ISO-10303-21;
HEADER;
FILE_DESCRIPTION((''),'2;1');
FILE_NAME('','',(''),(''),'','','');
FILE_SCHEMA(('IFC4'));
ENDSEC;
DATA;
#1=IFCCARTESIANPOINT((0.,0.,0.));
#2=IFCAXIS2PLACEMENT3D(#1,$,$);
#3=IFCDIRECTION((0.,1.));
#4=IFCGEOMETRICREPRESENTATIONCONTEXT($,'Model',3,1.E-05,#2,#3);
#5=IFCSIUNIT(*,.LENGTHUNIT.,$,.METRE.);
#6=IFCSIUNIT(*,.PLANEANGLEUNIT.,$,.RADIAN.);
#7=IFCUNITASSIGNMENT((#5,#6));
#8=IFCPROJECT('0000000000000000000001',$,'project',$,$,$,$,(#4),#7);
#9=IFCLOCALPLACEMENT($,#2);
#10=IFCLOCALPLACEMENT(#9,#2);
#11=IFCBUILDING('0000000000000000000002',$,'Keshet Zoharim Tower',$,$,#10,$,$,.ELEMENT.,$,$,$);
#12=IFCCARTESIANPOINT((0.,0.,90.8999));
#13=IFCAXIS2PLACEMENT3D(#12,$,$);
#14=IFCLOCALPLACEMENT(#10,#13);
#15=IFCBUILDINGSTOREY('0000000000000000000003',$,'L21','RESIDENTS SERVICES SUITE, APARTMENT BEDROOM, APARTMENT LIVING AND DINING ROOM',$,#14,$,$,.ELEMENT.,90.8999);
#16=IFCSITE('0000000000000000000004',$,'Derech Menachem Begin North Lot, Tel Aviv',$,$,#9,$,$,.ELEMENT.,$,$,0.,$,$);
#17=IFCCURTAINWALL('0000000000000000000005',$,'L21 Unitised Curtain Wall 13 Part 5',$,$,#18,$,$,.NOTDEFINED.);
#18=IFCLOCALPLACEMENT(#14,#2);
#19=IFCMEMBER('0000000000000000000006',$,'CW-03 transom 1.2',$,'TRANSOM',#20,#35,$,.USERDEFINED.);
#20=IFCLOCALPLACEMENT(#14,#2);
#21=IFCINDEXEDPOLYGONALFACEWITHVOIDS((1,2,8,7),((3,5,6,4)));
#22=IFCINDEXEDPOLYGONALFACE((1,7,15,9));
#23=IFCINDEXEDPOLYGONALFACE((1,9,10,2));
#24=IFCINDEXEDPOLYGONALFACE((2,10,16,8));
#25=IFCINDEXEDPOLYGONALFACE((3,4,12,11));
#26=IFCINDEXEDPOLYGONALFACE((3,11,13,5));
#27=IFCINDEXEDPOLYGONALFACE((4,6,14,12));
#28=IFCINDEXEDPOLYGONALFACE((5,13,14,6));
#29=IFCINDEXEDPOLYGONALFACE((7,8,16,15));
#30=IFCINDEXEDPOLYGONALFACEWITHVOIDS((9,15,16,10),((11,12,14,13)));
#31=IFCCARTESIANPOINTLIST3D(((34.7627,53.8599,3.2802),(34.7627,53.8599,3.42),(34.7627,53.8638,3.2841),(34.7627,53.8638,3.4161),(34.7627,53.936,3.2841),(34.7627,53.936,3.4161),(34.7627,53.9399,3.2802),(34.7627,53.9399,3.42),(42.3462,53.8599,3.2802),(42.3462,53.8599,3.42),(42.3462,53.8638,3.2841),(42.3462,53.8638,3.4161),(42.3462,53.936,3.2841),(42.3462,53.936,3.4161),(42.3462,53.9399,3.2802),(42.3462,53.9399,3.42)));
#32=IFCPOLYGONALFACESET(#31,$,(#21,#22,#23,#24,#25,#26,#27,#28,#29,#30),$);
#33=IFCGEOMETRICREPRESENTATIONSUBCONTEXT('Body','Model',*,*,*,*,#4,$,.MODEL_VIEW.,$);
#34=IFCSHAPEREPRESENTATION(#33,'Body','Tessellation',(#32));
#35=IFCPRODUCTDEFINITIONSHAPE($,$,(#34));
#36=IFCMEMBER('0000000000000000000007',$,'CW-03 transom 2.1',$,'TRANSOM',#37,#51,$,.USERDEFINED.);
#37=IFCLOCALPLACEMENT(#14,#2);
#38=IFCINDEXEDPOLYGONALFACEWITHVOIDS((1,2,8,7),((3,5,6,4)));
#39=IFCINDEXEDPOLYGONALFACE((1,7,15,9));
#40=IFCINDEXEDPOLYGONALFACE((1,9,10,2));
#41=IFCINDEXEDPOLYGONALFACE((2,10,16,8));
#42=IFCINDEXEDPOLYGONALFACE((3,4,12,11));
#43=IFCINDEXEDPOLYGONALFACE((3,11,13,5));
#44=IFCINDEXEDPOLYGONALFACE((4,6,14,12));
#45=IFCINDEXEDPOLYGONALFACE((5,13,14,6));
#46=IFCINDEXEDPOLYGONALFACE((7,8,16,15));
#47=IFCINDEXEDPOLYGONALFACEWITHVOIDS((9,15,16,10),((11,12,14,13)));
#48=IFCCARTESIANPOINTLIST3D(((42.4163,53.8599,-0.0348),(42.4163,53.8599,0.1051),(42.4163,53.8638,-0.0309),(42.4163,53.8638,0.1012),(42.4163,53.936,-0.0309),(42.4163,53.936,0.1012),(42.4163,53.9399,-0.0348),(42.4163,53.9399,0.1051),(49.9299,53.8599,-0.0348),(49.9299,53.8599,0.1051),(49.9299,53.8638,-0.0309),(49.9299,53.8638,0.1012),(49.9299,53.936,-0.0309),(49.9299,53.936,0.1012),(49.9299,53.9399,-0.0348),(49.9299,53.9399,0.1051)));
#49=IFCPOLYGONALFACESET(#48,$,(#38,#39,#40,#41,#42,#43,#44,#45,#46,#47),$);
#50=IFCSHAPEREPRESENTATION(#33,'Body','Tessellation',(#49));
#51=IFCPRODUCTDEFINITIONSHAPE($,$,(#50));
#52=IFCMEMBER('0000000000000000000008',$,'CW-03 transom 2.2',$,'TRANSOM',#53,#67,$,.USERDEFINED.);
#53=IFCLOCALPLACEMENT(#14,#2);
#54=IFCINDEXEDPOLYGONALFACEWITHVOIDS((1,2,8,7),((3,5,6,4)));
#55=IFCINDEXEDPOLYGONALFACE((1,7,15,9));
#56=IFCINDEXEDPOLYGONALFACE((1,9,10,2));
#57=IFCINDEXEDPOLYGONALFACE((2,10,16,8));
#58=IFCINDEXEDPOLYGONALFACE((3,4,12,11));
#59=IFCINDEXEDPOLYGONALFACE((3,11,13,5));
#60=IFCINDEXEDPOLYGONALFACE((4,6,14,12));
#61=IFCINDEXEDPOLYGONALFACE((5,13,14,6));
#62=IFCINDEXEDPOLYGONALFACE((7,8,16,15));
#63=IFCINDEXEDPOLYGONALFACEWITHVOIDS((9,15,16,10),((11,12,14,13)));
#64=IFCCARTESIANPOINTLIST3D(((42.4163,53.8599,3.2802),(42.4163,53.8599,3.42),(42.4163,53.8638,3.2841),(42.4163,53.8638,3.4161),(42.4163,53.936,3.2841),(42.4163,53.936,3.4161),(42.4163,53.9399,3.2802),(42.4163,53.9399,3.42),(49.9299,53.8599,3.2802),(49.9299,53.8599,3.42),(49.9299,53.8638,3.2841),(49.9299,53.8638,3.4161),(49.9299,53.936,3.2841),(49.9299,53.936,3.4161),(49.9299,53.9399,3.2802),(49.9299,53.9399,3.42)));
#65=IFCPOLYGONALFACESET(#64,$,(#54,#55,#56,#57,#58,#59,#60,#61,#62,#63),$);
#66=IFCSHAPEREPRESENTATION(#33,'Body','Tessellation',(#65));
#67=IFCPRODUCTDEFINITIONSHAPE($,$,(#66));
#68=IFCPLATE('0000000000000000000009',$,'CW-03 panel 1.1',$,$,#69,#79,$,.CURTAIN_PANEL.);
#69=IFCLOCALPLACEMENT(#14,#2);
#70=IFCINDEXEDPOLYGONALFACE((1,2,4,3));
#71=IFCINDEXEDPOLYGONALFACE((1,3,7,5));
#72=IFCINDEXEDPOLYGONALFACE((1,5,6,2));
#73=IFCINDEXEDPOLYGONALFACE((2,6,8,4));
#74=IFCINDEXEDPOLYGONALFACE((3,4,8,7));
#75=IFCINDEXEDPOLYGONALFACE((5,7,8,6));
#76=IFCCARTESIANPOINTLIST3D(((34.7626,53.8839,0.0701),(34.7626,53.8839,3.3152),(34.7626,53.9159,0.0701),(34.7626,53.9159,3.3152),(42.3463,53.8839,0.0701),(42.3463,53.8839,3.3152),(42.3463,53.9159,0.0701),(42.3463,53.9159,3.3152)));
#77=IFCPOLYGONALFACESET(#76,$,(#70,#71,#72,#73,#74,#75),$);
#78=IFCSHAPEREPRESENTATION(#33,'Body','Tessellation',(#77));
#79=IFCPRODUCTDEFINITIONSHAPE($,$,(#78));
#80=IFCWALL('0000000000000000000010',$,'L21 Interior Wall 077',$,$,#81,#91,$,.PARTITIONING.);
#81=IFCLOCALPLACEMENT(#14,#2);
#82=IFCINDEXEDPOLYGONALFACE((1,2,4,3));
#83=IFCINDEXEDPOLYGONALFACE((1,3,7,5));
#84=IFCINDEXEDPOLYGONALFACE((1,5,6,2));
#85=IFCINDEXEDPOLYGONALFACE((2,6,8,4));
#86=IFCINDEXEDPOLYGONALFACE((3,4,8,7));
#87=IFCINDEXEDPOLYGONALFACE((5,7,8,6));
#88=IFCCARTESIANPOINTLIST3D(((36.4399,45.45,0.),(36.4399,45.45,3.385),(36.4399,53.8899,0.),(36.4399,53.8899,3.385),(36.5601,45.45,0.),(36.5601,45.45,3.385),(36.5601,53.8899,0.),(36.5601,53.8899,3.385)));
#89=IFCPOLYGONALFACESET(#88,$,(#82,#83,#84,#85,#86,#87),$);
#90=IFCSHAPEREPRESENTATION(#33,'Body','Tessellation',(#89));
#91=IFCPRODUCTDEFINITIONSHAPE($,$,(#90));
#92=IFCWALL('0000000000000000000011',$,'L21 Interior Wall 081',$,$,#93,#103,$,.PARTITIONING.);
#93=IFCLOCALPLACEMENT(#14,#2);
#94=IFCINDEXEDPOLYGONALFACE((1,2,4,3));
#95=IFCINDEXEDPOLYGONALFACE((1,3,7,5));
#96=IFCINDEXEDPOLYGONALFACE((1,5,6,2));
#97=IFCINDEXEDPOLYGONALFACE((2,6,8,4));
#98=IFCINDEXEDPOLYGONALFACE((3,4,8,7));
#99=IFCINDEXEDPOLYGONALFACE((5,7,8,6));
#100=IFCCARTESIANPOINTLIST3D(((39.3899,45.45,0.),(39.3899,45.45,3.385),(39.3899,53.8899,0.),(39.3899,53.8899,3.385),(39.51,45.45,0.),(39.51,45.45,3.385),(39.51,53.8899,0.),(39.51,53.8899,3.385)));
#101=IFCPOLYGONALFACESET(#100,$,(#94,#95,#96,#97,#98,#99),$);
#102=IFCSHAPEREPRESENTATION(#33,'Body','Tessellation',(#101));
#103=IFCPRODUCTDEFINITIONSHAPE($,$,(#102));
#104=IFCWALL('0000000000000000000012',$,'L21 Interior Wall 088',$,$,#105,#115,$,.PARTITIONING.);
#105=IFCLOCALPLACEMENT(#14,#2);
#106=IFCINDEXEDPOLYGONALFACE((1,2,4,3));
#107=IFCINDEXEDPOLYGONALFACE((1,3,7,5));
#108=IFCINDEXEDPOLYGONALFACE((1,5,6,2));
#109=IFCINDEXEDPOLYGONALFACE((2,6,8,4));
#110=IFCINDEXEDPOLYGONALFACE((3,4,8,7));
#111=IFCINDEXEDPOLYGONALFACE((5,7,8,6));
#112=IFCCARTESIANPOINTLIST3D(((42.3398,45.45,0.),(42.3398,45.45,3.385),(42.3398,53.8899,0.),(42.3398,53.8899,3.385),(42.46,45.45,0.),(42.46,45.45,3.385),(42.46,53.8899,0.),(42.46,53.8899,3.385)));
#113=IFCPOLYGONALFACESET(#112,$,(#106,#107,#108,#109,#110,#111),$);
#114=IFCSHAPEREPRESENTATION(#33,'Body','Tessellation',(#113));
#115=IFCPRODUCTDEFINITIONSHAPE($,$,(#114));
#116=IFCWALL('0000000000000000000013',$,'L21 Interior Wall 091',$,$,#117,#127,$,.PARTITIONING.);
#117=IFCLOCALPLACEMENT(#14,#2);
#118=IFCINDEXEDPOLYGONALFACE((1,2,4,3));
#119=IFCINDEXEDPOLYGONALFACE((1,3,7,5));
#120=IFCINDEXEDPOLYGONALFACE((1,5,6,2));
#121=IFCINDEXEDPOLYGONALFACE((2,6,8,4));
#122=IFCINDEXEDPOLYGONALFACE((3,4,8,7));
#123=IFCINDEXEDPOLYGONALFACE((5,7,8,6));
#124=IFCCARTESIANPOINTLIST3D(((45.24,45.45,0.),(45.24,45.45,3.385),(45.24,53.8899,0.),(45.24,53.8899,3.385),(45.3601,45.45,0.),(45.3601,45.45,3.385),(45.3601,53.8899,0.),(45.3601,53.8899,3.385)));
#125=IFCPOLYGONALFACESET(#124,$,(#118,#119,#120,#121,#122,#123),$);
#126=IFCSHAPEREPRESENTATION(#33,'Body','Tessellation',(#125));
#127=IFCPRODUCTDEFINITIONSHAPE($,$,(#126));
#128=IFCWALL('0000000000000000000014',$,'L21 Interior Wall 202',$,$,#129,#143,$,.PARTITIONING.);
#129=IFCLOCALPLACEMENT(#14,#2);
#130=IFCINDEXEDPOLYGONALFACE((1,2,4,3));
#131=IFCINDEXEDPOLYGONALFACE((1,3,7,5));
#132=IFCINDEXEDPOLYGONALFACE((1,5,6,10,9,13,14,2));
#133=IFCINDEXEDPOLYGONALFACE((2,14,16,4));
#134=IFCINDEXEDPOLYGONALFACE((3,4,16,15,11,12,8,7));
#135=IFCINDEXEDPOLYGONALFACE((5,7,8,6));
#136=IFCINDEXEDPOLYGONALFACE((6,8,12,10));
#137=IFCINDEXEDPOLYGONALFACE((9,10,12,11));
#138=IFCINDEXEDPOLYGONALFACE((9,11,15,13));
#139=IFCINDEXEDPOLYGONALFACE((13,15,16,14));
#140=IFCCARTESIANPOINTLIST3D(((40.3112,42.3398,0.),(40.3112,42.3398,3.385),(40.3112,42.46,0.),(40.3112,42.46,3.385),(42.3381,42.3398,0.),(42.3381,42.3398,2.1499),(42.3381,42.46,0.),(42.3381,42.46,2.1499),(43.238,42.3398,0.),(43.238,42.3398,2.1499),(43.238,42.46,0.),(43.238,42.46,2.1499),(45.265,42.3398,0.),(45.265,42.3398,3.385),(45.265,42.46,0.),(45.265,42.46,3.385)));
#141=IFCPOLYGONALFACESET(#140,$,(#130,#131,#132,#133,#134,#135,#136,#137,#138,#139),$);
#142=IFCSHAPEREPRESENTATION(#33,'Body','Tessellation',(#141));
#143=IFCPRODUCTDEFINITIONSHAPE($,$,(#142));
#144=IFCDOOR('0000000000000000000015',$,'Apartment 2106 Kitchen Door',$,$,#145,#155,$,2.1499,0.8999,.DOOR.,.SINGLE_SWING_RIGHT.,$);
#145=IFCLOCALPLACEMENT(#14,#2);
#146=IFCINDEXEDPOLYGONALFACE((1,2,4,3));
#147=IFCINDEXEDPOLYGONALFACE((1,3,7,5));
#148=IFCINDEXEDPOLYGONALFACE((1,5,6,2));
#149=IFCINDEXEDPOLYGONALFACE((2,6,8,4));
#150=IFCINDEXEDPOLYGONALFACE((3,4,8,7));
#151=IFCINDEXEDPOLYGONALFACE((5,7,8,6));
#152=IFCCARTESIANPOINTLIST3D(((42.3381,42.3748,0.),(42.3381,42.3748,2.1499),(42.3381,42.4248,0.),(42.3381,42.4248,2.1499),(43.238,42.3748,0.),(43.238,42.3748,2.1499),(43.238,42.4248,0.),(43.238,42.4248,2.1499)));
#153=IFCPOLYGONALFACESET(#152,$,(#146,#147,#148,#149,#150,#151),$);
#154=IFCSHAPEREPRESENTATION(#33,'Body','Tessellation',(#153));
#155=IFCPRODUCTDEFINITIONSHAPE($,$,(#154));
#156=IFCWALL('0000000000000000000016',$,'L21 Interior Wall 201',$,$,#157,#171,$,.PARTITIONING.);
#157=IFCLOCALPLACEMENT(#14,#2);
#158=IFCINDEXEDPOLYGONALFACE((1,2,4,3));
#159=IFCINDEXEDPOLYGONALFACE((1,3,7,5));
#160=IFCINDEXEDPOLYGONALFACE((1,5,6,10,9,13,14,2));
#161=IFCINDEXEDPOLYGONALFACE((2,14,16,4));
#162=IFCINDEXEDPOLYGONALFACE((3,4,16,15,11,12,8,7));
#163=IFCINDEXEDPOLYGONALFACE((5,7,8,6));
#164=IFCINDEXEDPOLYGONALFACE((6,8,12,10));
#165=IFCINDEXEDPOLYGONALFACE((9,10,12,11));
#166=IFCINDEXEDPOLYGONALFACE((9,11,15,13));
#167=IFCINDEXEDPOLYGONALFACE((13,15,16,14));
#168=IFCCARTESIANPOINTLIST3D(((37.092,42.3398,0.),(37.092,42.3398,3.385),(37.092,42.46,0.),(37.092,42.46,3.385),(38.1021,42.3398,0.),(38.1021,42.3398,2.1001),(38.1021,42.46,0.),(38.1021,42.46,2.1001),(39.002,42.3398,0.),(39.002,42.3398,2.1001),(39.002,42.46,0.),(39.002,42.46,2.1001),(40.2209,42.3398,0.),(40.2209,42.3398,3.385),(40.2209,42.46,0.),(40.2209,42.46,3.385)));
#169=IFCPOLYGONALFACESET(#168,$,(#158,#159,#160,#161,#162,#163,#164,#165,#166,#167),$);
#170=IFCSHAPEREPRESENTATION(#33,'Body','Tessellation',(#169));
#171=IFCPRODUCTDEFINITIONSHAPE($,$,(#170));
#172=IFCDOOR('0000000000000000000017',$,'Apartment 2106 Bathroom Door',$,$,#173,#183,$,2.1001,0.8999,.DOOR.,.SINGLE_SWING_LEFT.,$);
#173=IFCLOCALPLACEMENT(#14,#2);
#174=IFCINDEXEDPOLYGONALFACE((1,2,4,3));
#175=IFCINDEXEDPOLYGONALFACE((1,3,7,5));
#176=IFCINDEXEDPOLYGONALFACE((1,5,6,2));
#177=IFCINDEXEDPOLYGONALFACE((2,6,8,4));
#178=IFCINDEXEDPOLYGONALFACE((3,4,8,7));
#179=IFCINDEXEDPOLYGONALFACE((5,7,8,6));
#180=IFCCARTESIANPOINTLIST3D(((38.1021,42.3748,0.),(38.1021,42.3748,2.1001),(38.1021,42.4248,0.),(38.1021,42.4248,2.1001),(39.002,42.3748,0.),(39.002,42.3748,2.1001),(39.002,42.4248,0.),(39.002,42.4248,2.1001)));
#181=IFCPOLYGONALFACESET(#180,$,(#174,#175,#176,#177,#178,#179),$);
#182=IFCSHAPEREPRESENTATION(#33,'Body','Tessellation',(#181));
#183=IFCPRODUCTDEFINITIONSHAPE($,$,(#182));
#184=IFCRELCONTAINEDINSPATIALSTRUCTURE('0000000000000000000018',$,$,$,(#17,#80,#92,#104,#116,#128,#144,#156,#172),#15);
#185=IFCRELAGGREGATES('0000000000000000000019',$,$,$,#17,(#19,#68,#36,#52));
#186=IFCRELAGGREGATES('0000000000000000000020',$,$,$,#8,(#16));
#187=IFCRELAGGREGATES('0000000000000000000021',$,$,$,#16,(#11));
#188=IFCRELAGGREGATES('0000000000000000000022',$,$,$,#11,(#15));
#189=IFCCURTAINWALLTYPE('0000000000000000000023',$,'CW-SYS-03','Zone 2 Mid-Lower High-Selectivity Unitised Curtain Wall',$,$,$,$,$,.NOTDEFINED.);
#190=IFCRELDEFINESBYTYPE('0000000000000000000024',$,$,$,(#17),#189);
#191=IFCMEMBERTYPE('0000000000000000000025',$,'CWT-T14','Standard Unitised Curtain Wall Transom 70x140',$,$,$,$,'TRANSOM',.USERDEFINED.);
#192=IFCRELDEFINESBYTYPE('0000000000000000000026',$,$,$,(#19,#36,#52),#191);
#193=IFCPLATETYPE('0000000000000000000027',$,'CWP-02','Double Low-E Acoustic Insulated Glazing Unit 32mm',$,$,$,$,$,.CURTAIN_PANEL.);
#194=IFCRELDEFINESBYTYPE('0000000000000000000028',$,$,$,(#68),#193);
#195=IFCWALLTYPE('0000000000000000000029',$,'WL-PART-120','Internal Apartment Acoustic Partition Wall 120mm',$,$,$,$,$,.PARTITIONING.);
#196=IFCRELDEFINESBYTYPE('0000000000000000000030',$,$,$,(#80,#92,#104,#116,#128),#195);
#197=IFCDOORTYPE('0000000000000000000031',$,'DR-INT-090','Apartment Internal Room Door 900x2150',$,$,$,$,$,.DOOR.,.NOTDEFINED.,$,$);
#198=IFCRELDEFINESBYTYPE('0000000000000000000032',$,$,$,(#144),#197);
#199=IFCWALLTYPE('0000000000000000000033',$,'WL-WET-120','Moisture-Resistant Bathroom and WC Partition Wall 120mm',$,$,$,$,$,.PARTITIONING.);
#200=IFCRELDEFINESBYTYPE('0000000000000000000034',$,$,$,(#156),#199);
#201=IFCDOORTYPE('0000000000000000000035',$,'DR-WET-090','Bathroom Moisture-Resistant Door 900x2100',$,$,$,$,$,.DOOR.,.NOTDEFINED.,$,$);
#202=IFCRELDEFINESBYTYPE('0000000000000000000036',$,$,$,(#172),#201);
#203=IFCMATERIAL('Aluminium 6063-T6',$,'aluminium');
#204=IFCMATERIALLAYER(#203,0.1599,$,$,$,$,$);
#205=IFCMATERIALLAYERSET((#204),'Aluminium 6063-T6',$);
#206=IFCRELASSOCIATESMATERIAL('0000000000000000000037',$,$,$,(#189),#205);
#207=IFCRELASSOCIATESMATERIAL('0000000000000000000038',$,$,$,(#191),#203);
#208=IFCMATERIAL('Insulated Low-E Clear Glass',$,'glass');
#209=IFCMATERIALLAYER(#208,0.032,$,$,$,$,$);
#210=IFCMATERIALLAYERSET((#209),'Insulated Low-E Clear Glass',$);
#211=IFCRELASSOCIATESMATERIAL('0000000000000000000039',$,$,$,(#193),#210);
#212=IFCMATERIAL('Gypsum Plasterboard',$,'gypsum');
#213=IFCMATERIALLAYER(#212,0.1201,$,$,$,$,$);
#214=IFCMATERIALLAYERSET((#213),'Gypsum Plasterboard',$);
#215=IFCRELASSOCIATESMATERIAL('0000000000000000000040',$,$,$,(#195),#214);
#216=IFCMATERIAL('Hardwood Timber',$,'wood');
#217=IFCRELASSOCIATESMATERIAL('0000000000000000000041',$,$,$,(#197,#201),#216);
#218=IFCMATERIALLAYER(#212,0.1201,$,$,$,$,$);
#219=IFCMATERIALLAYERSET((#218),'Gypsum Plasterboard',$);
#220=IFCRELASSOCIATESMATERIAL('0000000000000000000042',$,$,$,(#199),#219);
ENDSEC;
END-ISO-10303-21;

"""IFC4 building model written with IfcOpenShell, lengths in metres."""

from ifc_helpers import new_model, si_unit, direction, frame, frame_2d, origin, origin_2d, place, context, subcontext, project, spatial, rectangle, hollow_rectangle, extrude, material, layer, layer_set, material_profile, profile_set, type_object, element, fill, aggregate, save


model = new_model("IFC4")

# Units and contexts
model_context = context("Model", 3, precision=1e-05, world=origin(), true_north=direction((0.0, 1.0)))
body_context = subcontext(model_context, "Body", "Model", "MODEL_VIEW")
ifc_project = project(units=[si_unit("LENGTHUNIT", "METRE"), si_unit("PLANEANGLEUNIT", "RADIAN")], contexts=[model_context])

# Site, building, storey
site_placement = place(None, origin())
site = spatial("IfcSite", under=ifc_project, at=site_placement, Name="Derech Menachem Begin North Lot, Tel Aviv", CompositionType="ELEMENT", RefElevation=0.0)
building_placement = place(site_placement, origin())
building = spatial("IfcBuilding", under=site, at=building_placement, Name="Keshet Zoharim Tower", CompositionType="ELEMENT")
storey_placement = place(building_placement, frame((0.0, 0.0, 90.8999)))
storey = spatial("IfcBuildingStorey", under=building, at=storey_placement, Name="L21", Description="RESIDENTS SERVICES SUITE, APARTMENT BEDROOM, APARTMENT LIVING AND DINING ROOM", CompositionType="ELEMENT", Elevation=90.8999)

# Curtain wall, members, plate
ifc_material_1 = material(Name="Aluminium 6063-T6", Category="aluminium")
ifc_layer_1 = layer(ifc_material_1, 0.1599)
ifc_layer_set_1 = layer_set([ifc_layer_1], Name="Aluminium 6063-T6")
curtain_wall_type = type_object("IfcCurtainWallType", Name="CW-SYS-03", Description="Zone 2 Mid-Lower High-Selectivity Unitised Curtain Wall", PredefinedType="NOTDEFINED", material=ifc_layer_set_1)
curtain_wall_placement = place(storey_placement, origin())
curtain_wall = element("IfcCurtainWall", 1, at=curtain_wall_placement, inside=storey, type_object=curtain_wall_type, Name="L21 Unitised Curtain Wall 13 Part 5", PredefinedType="NOTDEFINED")
ifc_material_profile_1 = material_profile(ifc_material_1, hollow_rectangle(XDim=0.0801, YDim=0.1399, WallThickness=0.0039, at=origin_2d()), Name="TRN-80x140")
ifc_profile_set_1 = profile_set([ifc_material_profile_1], Name="Aluminium 6063-T6")
member_type_1 = type_object("IfcMemberType", Name="CWT-T14", Description="Standard Unitised Curtain Wall Transom 70x140", ElementType="TRANSOM", PredefinedType="USERDEFINED", material=ifc_profile_set_1)
member_1_placement = place(storey_placement, frame((34.7627, 53.8999, 3.3501), z_axis=(1.0, 0.0, 0.0), x_axis=(0.0, 1.0, 0.0)))
member_1 = element("IfcMember", 2, at=member_1_placement, type_object=member_type_1, Name="CW-03 transom 1.2", ObjectType="TRANSOM", PredefinedType="USERDEFINED", context=body_context, shape_type="SweptSolid", body=[
    extrude(hollow_rectangle(XDim=0.0801, YDim=0.1399, WallThickness=0.0039, at=origin_2d()), origin(), (0.0, 0.0, 1.0), 7.5835),
])
member_2_placement = place(storey_placement, frame((42.4163, 53.8999, 0.0352), z_axis=(1.0, 0.0, 0.0), x_axis=(0.0, 1.0, 0.0)))
member_2 = element("IfcMember", 3, at=member_2_placement, type_object=member_type_1, Name="CW-03 transom 2.1", ObjectType="TRANSOM", PredefinedType="USERDEFINED", context=body_context, shape_type="SweptSolid", body=[
    extrude(hollow_rectangle(XDim=0.0801, YDim=0.1399, WallThickness=0.0039, at=origin_2d()), origin(), (0.0, 0.0, 1.0), 7.5137),
])
member_3_placement = place(storey_placement, frame((42.4163, 53.8999, 3.3501), z_axis=(1.0, 0.0, 0.0), x_axis=(0.0, 1.0, 0.0)))
member_3 = element("IfcMember", 4, at=member_3_placement, type_object=member_type_1, Name="CW-03 transom 2.2", ObjectType="TRANSOM", PredefinedType="USERDEFINED", context=body_context, shape_type="SweptSolid", body=[
    extrude(hollow_rectangle(XDim=0.0801, YDim=0.1399, WallThickness=0.0039, at=origin_2d()), origin(), (0.0, 0.0, 1.0), 7.5137),
])
ifc_material_2 = material(Name="Insulated Low-E Clear Glass", Category="glass")
ifc_layer_2 = layer(ifc_material_2, 0.032)
ifc_layer_set_2 = layer_set([ifc_layer_2], Name="Insulated Low-E Clear Glass")
plate_type = type_object("IfcPlateType", Name="CWP-02", Description="Double Low-E Acoustic Insulated Glazing Unit 32mm", PredefinedType="CURTAIN_PANEL", material=ifc_layer_set_2)
plate_placement = place(storey_placement, frame((38.5544, 53.8999, 0.0701), z_axis=(0.0, 0.0, 1.0), x_axis=(1.0, 0.0, 0.0)))
plate = element("IfcPlate", 5, at=plate_placement, type_object=plate_type, Name="CW-03 panel 1.1", PredefinedType="CURTAIN_PANEL", context=body_context, shape_type="SweptSolid", body=[
    extrude(rectangle(XDim=7.5837, YDim=0.032, at=origin_2d()), origin(), (0.0, 0.0, 1.0), 3.2451),
])
aggregate(curtain_wall, [member_1, plate, member_2, member_3])

# Walls
ifc_material_3 = material(Name="Gypsum Plasterboard", Category="gypsum")
ifc_layer_3 = layer(ifc_material_3, 0.1201)
ifc_layer_set_3 = layer_set([ifc_layer_3], Name="Gypsum Plasterboard")
wall_type_1 = type_object("IfcWallType", Name="WL-PART-120", Description="Internal Apartment Acoustic Partition Wall 120mm", PredefinedType="PARTITIONING", material=ifc_layer_set_3)
for number, where, z_axis, x_axis, name in (
    (6, (36.5, 45.45, 0.0), (0.0, 0.0, 1.0), (0.0, 1.0, 0.0), "L21 Interior Wall 077"),
    (7, (39.45, 45.45, 0.0), (0.0, 0.0, 1.0), (0.0, 1.0, 0.0), "L21 Interior Wall 081"),
    (8, (42.3999, 45.45, 0.0), (0.0, 0.0, 1.0), (0.0, 1.0, 0.0), "L21 Interior Wall 088"),
    (9, (45.3, 45.45, 0.0), (0.0, 0.0, 1.0), (0.0, 1.0, 0.0), "L21 Interior Wall 091"),
):
    element("IfcWall", number, at=place(storey_placement, frame(where, z_axis=z_axis, x_axis=x_axis)), inside=storey, type_object=wall_type_1, Name=name, PredefinedType="PARTITIONING", context=body_context, shape_type="SweptSolid", body=[
        extrude(rectangle(XDim=8.4399, YDim=0.1201, at=frame_2d((4.22, 0.0))), origin(), (0.0, 0.0, 1.0), 3.385),
    ])

# Walls, openings, doors
wall_1_placement = place(storey_placement, frame((40.311, 42.3999, 0.0), z_axis=(0.0, 0.0, 1.0), x_axis=(1.0, 0.0, 0.0)))
wall_1 = element("IfcWall", 10, at=wall_1_placement, inside=storey, type_object=wall_type_1, Name="L21 Interior Wall 202", PredefinedType="PARTITIONING", context=body_context, shape_type="SweptSolid", body=[
    extrude(rectangle(XDim=4.9539, YDim=0.1201, at=frame_2d((2.4771, 0.0))), origin(), (0.0, 0.0, 1.0), 3.385),
])
opening_1_placement = place(wall_1_placement, frame((2.0271, 0.0, 0.0)))
opening_1 = element("IfcOpeningElement", 11, at=opening_1_placement, cuts=wall_1, PredefinedType="OPENING", context=body_context, shape_type="SweptSolid", body=[
    extrude(rectangle(XDim=0.8999, YDim=2.1499, at=frame_2d((0.45, 1.075))), frame((0.0, 0.0701, 0.0), z_axis=(0.0, -1.0, 0.0), x_axis=(1.0, 0.0, 0.0)), (0.0, 0.0, 1.0), 0.1401),
])
ifc_material_4 = material(Name="Hardwood Timber", Category="wood")
door_type_1 = type_object("IfcDoorType", Name="DR-INT-090", Description="Apartment Internal Room Door 900x2150", OperationType="NOTDEFINED", PredefinedType="DOOR", material=ifc_material_4)
door_1_placement = place(opening_1_placement, origin())
door_1 = element("IfcDoor", 12, at=door_1_placement, inside=storey, type_object=door_type_1, Name="Apartment 2106 Kitchen Door", OperationType="SINGLE_SWING_RIGHT", OverallHeight=2.1499, OverallWidth=0.8999, PredefinedType="DOOR", context=body_context, shape_type="SweptSolid", body=[
    extrude(rectangle(XDim=0.8999, YDim=2.1499, at=frame_2d((0.45, 1.075))), frame((0.0, 0.0249, 0.0), z_axis=(0.0, -1.0, 0.0), x_axis=(1.0, 0.0, 0.0)), (0.0, 0.0, 1.0), 0.05),
])
fill(opening_1, door_1)
ifc_layer_4 = layer(ifc_material_3, 0.1201)
ifc_layer_set_4 = layer_set([ifc_layer_4], Name="Gypsum Plasterboard")
wall_type_2 = type_object("IfcWallType", Name="WL-WET-120", Description="Moisture-Resistant Bathroom and WC Partition Wall 120mm", PredefinedType="PARTITIONING", material=ifc_layer_set_4)
wall_2_placement = place(storey_placement, frame((37.092, 42.3999, 0.0), z_axis=(0.0, 0.0, 1.0), x_axis=(1.0, 0.0, 0.0)))
wall_2 = element("IfcWall", 13, at=wall_2_placement, inside=storey, type_object=wall_type_2, Name="L21 Interior Wall 201", PredefinedType="PARTITIONING", context=body_context, shape_type="SweptSolid", body=[
    extrude(rectangle(XDim=3.1289, YDim=0.1201, at=frame_2d((1.5645, 0.0))), origin(), (0.0, 0.0, 1.0), 3.385),
])
opening_2_placement = place(wall_2_placement, frame((1.01, 0.0, 0.0)))
opening_2 = element("IfcOpeningElement", 14, at=opening_2_placement, cuts=wall_2, PredefinedType="OPENING", context=body_context, shape_type="SweptSolid", body=[
    extrude(rectangle(XDim=0.8999, YDim=2.1001, at=frame_2d((0.45, 1.05))), frame((0.0, 0.0701, 0.0), z_axis=(0.0, -1.0, 0.0), x_axis=(1.0, 0.0, 0.0)), (0.0, 0.0, 1.0), 0.1401),
])
door_type_2 = type_object("IfcDoorType", Name="DR-WET-090", Description="Bathroom Moisture-Resistant Door 900x2100", OperationType="NOTDEFINED", PredefinedType="DOOR", material=ifc_material_4)
door_2_placement = place(opening_2_placement, origin())
door_2 = element("IfcDoor", 15, at=door_2_placement, inside=storey, type_object=door_type_2, Name="Apartment 2106 Bathroom Door", OperationType="SINGLE_SWING_LEFT", OverallHeight=2.1001, OverallWidth=0.8999, PredefinedType="DOOR", context=body_context, shape_type="SweptSolid", body=[
    extrude(rectangle(XDim=0.8999, YDim=2.1001, at=frame_2d((0.45, 1.05))), frame((0.0, 0.0249, 0.0), z_axis=(0.0, -1.0, 0.0), x_axis=(1.0, 0.0, 0.0)), (0.0, 0.0, 1.0), 0.05),
])
fill(opening_2, door_2)

save(model, "model.ifc")
